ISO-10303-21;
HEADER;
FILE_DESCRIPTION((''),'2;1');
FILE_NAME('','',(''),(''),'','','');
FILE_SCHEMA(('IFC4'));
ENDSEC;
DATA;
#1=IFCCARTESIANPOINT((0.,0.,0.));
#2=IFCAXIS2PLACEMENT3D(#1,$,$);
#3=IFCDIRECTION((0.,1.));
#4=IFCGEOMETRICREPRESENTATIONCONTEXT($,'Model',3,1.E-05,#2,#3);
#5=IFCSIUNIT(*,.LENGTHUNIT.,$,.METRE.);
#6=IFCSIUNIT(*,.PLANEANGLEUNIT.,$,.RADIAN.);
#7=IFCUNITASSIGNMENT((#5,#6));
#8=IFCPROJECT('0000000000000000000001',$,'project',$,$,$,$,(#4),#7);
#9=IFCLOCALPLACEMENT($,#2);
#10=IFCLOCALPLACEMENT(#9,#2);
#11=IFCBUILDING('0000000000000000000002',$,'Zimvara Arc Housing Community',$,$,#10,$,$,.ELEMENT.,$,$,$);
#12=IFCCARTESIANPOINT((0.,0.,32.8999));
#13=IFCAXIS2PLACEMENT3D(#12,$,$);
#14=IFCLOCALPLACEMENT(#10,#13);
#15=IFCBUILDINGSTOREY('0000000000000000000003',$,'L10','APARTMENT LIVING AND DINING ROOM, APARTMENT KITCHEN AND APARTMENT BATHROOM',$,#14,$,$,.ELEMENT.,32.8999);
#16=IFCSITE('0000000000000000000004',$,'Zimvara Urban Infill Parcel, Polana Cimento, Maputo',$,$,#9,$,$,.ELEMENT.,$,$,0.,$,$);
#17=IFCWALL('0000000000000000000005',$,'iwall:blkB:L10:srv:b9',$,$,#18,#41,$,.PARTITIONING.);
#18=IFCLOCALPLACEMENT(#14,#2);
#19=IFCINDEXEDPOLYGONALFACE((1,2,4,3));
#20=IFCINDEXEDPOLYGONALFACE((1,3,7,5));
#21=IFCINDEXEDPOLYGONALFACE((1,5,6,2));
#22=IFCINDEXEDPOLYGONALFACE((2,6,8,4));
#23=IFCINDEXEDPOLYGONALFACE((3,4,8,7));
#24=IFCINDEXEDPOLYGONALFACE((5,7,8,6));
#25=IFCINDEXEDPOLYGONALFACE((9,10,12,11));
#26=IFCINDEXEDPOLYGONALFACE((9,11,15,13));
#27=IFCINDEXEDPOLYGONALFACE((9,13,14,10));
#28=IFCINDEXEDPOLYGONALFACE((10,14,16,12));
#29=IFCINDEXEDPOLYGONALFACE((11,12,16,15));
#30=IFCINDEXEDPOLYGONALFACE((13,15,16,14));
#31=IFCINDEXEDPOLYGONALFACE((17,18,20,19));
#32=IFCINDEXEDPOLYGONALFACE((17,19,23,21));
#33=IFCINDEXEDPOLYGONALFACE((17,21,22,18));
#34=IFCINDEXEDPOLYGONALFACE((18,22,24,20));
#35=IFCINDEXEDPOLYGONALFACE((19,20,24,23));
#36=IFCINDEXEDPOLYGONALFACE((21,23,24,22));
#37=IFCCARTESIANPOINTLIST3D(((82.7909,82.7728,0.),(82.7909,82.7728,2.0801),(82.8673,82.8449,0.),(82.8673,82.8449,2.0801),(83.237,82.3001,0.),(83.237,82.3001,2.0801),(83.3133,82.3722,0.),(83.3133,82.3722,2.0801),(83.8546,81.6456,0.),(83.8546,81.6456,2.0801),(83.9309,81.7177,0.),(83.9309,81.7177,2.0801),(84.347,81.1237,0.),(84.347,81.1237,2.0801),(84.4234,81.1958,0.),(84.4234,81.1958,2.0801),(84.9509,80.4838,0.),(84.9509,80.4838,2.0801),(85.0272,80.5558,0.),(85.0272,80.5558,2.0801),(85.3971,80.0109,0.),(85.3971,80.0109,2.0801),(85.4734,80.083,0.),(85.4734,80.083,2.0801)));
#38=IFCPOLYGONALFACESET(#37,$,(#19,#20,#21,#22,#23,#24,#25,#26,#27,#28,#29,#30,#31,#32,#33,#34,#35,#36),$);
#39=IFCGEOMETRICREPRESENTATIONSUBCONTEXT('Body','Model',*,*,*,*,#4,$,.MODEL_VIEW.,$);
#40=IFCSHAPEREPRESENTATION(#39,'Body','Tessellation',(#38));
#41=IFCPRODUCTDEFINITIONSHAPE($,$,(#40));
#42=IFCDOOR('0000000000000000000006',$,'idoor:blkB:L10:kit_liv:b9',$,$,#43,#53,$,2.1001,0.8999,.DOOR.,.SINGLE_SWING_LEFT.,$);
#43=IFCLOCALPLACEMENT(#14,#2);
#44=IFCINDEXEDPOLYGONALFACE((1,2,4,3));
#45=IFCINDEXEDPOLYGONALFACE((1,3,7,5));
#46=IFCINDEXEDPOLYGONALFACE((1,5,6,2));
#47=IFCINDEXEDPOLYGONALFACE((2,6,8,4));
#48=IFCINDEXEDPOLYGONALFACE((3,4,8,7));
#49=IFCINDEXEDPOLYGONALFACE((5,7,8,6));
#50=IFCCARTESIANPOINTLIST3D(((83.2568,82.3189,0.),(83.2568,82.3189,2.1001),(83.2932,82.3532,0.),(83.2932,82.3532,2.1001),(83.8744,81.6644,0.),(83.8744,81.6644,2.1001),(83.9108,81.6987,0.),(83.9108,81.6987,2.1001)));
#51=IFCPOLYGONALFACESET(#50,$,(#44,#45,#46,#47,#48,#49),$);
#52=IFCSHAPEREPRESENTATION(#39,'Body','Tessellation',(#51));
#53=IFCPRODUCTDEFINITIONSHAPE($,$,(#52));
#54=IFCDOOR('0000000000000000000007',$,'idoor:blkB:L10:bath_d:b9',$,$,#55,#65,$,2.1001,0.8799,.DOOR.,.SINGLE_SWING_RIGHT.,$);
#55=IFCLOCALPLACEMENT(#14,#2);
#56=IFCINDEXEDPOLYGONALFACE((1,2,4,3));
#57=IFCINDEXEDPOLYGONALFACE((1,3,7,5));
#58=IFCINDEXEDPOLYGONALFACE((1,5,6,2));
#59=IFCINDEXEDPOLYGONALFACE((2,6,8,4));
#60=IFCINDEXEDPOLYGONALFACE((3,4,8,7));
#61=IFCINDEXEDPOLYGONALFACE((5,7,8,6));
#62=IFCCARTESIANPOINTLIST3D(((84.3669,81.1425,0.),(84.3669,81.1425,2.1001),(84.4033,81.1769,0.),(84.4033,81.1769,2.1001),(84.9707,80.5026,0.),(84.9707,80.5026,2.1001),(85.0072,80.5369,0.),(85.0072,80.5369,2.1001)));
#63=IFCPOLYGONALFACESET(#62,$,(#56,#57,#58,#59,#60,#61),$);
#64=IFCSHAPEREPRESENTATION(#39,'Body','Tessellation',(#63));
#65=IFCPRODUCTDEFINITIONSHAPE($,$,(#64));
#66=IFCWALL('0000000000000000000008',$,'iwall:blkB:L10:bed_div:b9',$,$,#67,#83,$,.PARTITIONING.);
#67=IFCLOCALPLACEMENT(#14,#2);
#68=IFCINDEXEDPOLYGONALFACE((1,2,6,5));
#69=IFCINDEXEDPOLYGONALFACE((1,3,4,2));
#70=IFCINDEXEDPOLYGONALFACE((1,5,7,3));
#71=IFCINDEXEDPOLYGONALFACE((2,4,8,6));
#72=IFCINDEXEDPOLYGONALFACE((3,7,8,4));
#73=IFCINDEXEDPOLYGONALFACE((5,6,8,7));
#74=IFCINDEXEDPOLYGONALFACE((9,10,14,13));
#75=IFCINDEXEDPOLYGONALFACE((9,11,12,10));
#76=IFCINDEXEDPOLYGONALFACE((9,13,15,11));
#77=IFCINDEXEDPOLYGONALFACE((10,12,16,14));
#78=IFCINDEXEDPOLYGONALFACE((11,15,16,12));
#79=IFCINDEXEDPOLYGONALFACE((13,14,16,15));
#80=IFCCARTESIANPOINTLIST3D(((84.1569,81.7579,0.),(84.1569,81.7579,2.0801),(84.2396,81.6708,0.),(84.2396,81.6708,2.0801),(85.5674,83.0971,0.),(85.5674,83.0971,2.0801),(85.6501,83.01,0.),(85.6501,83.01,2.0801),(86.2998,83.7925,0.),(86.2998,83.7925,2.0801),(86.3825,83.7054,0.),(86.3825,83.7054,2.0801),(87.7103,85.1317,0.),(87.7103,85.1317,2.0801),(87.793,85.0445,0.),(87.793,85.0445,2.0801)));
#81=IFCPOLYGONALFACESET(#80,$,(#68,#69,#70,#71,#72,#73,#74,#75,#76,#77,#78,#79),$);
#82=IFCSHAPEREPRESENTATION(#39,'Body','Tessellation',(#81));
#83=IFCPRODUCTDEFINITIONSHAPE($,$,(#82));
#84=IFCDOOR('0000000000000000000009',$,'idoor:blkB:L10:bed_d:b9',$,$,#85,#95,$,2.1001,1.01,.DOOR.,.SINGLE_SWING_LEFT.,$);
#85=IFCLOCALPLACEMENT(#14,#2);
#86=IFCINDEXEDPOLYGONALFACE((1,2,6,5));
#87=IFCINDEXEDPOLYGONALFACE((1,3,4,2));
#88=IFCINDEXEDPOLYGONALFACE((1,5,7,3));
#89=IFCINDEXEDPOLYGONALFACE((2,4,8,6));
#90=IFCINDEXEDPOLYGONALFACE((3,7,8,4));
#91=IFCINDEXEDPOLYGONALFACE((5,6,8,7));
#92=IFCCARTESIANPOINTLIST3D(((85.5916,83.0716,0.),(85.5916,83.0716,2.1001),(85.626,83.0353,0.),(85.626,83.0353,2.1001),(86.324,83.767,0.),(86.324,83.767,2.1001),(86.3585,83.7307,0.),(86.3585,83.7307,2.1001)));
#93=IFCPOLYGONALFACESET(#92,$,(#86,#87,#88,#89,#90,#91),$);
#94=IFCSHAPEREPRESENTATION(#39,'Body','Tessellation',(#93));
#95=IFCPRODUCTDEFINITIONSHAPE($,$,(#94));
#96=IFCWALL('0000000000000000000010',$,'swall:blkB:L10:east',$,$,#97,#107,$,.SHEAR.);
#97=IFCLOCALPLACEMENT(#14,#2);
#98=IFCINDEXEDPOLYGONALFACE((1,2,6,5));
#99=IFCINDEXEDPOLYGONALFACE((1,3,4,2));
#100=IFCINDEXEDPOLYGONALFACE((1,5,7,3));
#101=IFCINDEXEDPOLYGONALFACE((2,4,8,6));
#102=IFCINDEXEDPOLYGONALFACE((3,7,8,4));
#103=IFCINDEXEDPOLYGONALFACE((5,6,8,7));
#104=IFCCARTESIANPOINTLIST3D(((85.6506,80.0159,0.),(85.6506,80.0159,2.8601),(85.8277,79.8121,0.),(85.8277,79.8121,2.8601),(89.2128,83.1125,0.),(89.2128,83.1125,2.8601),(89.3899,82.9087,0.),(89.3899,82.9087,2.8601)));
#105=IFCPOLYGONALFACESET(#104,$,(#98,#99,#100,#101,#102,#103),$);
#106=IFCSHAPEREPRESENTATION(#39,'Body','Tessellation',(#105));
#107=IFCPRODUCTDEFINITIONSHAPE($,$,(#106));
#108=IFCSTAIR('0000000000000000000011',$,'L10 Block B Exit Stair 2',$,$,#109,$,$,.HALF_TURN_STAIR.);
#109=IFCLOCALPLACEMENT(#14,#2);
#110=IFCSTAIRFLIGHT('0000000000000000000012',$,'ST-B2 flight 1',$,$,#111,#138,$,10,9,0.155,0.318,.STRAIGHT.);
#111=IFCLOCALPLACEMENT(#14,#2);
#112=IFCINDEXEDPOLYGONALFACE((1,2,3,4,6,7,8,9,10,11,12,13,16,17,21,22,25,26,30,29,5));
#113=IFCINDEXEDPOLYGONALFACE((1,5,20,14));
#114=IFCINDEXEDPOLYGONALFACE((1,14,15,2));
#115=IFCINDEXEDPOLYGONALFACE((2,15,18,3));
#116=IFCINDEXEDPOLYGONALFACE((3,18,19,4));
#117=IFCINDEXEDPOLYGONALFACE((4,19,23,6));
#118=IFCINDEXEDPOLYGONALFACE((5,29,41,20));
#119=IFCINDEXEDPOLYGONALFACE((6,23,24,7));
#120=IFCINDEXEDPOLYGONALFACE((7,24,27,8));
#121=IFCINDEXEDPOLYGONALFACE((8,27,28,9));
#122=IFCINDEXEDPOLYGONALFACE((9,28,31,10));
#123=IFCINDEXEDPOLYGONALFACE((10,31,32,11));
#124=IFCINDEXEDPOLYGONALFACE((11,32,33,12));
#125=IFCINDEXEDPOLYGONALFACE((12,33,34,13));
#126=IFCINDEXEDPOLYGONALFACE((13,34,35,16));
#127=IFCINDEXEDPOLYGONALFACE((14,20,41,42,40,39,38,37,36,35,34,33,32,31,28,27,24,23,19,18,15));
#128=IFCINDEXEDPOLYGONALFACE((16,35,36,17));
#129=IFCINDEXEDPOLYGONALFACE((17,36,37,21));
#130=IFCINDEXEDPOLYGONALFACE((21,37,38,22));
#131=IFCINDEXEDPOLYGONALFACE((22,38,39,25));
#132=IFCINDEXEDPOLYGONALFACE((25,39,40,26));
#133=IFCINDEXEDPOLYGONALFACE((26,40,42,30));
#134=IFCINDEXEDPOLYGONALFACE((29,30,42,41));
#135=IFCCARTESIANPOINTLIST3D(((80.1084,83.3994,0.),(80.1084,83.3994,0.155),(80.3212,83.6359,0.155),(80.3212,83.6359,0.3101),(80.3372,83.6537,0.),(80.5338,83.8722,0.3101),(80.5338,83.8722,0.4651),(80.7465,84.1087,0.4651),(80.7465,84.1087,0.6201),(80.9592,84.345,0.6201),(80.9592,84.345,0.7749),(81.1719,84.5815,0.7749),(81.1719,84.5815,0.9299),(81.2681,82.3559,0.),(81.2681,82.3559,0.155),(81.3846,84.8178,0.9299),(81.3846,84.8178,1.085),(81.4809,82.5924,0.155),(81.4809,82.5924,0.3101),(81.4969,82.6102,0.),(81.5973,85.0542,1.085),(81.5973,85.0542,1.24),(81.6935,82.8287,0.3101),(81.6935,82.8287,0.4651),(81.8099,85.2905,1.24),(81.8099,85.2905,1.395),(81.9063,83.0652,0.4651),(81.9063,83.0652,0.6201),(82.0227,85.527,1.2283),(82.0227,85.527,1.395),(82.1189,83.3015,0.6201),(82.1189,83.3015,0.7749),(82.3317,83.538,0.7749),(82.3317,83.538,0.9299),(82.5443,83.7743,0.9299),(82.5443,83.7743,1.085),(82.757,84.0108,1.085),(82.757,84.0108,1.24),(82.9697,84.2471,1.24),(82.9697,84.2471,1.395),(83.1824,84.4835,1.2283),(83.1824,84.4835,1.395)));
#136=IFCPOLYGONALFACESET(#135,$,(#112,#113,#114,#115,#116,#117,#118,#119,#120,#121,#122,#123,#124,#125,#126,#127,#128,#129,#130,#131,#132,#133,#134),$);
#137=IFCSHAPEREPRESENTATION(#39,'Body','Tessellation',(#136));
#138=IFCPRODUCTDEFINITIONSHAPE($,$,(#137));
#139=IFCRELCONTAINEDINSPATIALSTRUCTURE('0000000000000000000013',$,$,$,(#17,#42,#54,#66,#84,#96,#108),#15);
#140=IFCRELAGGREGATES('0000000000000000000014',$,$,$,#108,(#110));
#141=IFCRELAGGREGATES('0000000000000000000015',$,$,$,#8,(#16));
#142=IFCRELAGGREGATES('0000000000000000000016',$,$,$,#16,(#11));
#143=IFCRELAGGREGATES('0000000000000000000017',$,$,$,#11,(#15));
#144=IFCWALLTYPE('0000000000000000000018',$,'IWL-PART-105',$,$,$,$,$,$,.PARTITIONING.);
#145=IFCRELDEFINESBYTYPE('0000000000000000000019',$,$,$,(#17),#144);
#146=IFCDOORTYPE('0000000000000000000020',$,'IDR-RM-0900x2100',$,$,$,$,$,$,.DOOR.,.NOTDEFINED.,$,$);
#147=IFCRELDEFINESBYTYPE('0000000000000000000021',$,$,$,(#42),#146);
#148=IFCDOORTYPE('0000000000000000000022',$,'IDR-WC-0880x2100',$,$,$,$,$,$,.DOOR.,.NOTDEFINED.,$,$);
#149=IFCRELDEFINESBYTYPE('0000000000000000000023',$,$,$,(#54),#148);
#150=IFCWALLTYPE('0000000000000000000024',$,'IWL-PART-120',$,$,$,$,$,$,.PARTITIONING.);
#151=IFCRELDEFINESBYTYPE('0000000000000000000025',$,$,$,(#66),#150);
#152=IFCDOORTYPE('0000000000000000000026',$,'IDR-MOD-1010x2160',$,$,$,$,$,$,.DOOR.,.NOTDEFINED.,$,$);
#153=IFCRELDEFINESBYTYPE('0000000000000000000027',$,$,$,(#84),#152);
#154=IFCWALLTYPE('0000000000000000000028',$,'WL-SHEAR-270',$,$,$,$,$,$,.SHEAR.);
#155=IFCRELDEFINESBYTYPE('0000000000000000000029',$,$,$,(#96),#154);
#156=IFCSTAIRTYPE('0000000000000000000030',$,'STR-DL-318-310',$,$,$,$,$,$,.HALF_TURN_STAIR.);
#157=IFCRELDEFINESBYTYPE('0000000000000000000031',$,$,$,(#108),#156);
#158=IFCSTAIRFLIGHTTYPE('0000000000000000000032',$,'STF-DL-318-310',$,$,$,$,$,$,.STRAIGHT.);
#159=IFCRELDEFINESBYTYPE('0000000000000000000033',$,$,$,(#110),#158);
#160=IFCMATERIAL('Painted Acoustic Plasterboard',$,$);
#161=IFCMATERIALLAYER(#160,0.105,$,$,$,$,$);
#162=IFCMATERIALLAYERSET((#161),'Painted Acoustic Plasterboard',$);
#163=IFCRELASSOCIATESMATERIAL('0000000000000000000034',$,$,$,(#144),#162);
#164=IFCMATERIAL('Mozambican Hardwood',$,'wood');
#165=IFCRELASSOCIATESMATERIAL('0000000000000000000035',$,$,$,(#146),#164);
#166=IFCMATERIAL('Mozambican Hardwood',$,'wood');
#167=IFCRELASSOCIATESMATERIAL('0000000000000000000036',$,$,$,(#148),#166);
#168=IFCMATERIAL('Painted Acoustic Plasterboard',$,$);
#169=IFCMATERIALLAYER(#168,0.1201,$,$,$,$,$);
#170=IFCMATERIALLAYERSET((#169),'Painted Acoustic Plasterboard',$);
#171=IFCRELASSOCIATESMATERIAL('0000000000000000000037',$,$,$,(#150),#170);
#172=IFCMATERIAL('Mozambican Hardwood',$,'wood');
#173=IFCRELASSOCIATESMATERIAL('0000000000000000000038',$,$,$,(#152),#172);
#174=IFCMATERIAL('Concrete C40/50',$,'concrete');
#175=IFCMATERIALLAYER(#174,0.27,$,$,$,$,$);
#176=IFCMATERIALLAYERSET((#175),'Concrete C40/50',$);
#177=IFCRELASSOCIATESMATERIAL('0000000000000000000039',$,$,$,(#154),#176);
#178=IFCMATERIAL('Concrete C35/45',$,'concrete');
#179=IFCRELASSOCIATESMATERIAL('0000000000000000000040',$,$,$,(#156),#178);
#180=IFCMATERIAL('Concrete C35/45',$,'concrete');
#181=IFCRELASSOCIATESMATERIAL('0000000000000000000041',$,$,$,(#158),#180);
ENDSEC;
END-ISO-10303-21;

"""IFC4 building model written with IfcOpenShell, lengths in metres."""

from ifc_helpers import new_model, si_unit, direction, frame, frame_2d, origin, place, context, subcontext, project, spatial, polyline, rectangle, outline, extrude, material, layer, layer_set, type_object, element, fill, aggregate, save


model = new_model("IFC4")

# Units and contexts
model_context = context("Model", 3, precision=1e-05, world=origin(), true_north=direction((0.0, 1.0)))
body_context = subcontext(model_context, "Body", "Model", "MODEL_VIEW")
ifc_project = project(units=[si_unit("LENGTHUNIT", "METRE"), si_unit("PLANEANGLEUNIT", "RADIAN")], contexts=[model_context])

# Site, building, storey
site_placement = place(None, origin())
site = spatial("IfcSite", under=ifc_project, at=site_placement, Name="Zimvara Urban Infill Parcel, Polana Cimento, Maputo", CompositionType="ELEMENT", RefElevation=0.0)
building_placement = place(site_placement, origin())
building = spatial("IfcBuilding", under=site, at=building_placement, Name="Zimvara Arc Housing Community", CompositionType="ELEMENT")
storey_placement = place(building_placement, frame((0.0, 0.0, 32.8999)))
storey = spatial("IfcBuildingStorey", under=building, at=storey_placement, Name="L10", Description="APARTMENT LIVING AND DINING ROOM, APARTMENT KITCHEN AND APARTMENT BATHROOM", CompositionType="ELEMENT", Elevation=32.8999)

# Wall, openings, doors
ifc_material_1 = material(Name="Painted Acoustic Plasterboard")
ifc_layer_1 = layer(ifc_material_1, 0.105)
ifc_layer_set_1 = layer_set([ifc_layer_1], Name="Painted Acoustic Plasterboard")
wall_type_1 = type_object("IfcWallType", Name="IWL-PART-105", PredefinedType="PARTITIONING", material=ifc_layer_set_1)
wall_1_placement = place(storey_placement, frame((82.8291, 82.8088, 0.0), z_axis=(0.0, 0.0, 1.0), x_axis=(0.686301, -0.727318, 0.0)))
wall_1 = element("IfcWall", 1, at=wall_1_placement, inside=storey, type_object=wall_type_1, Name="iwall:blkB:L10:srv:b9", PredefinedType="PARTITIONING", context=body_context, shape_type="SweptSolid", body=[
    extrude(rectangle(XDim=3.7974, YDim=0.105, at=frame_2d((1.8987, 0.0))), origin(), (0.0, 0.0, 1.0), 2.0801),
])
opening_1_placement = place(wall_1_placement, frame((0.6499, 0.0, 0.0)))
opening_1 = element("IfcOpeningElement", 2, at=opening_1_placement, cuts=wall_1, PredefinedType="OPENING", context=body_context, shape_type="SweptSolid", body=[
    extrude(rectangle(XDim=0.8999, YDim=2.1001, at=frame_2d((0.45, 1.05))), frame((0.0, 0.0625, 0.0), z_axis=(0.0, -1.0, 0.0), x_axis=(1.0, 0.0, 0.0)), (0.0, 0.0, 1.0), 0.125),
])
opening_2_placement = place(wall_1_placement, frame((2.2673, 0.0, 0.0)))
opening_2 = element("IfcOpeningElement", 3, at=opening_2_placement, cuts=wall_1, PredefinedType="OPENING", context=body_context, shape_type="SweptSolid", body=[
    extrude(rectangle(XDim=0.8799, YDim=2.1001, at=frame_2d((0.4399, 1.05))), frame((0.0, 0.0625, 0.0), z_axis=(0.0, -1.0, 0.0), x_axis=(1.0, 0.0, 0.0)), (0.0, 0.0, 1.0), 0.125),
])
ifc_material_2 = material(Name="Mozambican Hardwood", Category="wood")
door_type_1 = type_object("IfcDoorType", Name="IDR-RM-0900x2100", OperationType="NOTDEFINED", PredefinedType="DOOR", material=ifc_material_2)
door_1_placement = place(opening_1_placement, origin())
door_1 = element("IfcDoor", 4, at=door_1_placement, inside=storey, type_object=door_type_1, Name="idoor:blkB:L10:kit_liv:b9", OperationType="SINGLE_SWING_LEFT", OverallHeight=2.1001, OverallWidth=0.8999, PredefinedType="DOOR", context=body_context, shape_type="SweptSolid", body=[
    extrude(rectangle(XDim=0.8999, YDim=2.1001, at=frame_2d((0.45, 1.05))), frame((0.0, 0.0249, 0.0), z_axis=(0.0, -1.0, 0.0), x_axis=(1.0, 0.0, 0.0)), (0.0, 0.0, 1.0), 0.05),
])
fill(opening_1, door_1)
ifc_material_3 = material(Name="Mozambican Hardwood", Category="wood")
door_type_2 = type_object("IfcDoorType", Name="IDR-WC-0880x2100", OperationType="NOTDEFINED", PredefinedType="DOOR", material=ifc_material_3)
door_2_placement = place(opening_2_placement, origin())
door_2 = element("IfcDoor", 5, at=door_2_placement, inside=storey, type_object=door_type_2, Name="idoor:blkB:L10:bath_d:b9", OperationType="SINGLE_SWING_RIGHT", OverallHeight=2.1001, OverallWidth=0.8799, PredefinedType="DOOR", context=body_context, shape_type="SweptSolid", body=[
    extrude(rectangle(XDim=0.8799, YDim=2.1001, at=frame_2d((0.4399, 1.05))), frame((0.0, 0.0249, 0.0), z_axis=(0.0, -1.0, 0.0), x_axis=(1.0, 0.0, 0.0)), (0.0, 0.0, 1.0), 0.05),
])
fill(opening_2, door_2)

# Wall, opening, door
ifc_material_4 = material(Name="Painted Acoustic Plasterboard")
ifc_layer_2 = layer(ifc_material_4, 0.1201)
ifc_layer_set_2 = layer_set([ifc_layer_2], Name="Painted Acoustic Plasterboard")
wall_type_2 = type_object("IfcWallType", Name="IWL-PART-120", PredefinedType="PARTITIONING", material=ifc_layer_set_2)
wall_2_placement = place(storey_placement, frame((84.1982, 81.7144, 0.0), z_axis=(0.0, 0.0, 1.0), x_axis=(0.725205, 0.688533, 0.0)))
wall_2 = element("IfcWall", 6, at=wall_2_placement, inside=storey, type_object=wall_type_2, Name="iwall:blkB:L10:bed_div:b9", PredefinedType="PARTITIONING", context=body_context, shape_type="SweptSolid", body=[
    extrude(rectangle(XDim=4.8999, YDim=0.1201, at=frame_2d((2.45, 0.0))), origin(), (0.0, 0.0, 1.0), 2.0801),
])
opening_3_placement = place(wall_2_placement, frame((1.9451, 0.0, 0.0)))
opening_3 = element("IfcOpeningElement", 7, at=opening_3_placement, cuts=wall_2, PredefinedType="OPENING", context=body_context, shape_type="SweptSolid", body=[
    extrude(rectangle(XDim=1.01, YDim=2.1001, at=frame_2d((0.5049, 1.05))), frame((0.0, 0.0701, 0.0), z_axis=(0.0, -1.0, 0.0), x_axis=(1.0, 0.0, 0.0)), (0.0, 0.0, 1.0), 0.1401),
])
ifc_material_5 = material(Name="Mozambican Hardwood", Category="wood")
door_type_3 = type_object("IfcDoorType", Name="IDR-MOD-1010x2160", OperationType="NOTDEFINED", PredefinedType="DOOR", material=ifc_material_5)
door_3_placement = place(opening_3_placement, origin())
door_3 = element("IfcDoor", 8, at=door_3_placement, inside=storey, type_object=door_type_3, Name="idoor:blkB:L10:bed_d:b9", OperationType="SINGLE_SWING_LEFT", OverallHeight=2.1001, OverallWidth=1.01, PredefinedType="DOOR", context=body_context, shape_type="SweptSolid", body=[
    extrude(rectangle(XDim=1.01, YDim=2.1001, at=frame_2d((0.5049, 1.05))), frame((0.0, 0.0249, 0.0), z_axis=(0.0, -1.0, 0.0), x_axis=(1.0, 0.0, 0.0)), (0.0, 0.0, 1.0), 0.05),
])
fill(opening_3, door_3)

# Wall
ifc_material_6 = material(Name="Concrete C40/50", Category="concrete")
ifc_layer_3 = layer(ifc_material_6, 0.27)
ifc_layer_set_3 = layer_set([ifc_layer_3], Name="Concrete C40/50")
wall_type_3 = type_object("IfcWallType", Name="WL-SHEAR-270", PredefinedType="SHEAR", material=ifc_layer_set_3)
wall_3_placement = place(storey_placement, frame((85.7393, 79.9141, 0.0), z_axis=(0.0, 0.0, 1.0), x_axis=(0.754704, 0.656066, 0.0)))
element("IfcWall", 9, at=wall_3_placement, inside=storey, type_object=wall_type_3, Name="swall:blkB:L10:east", PredefinedType="SHEAR", context=body_context, shape_type="SweptSolid", body=[
    extrude(rectangle(XDim=4.72, YDim=0.27, at=frame_2d((2.3599, 0.0))), origin(), (0.0, 0.0, 1.0), 2.8601),
])

# Stair, stair flight
ifc_material_7 = material(Name="Concrete C35/45", Category="concrete")
stair_type = type_object("IfcStairType", Name="STR-DL-318-310", PredefinedType="HALF_TURN_STAIR", material=ifc_material_7)
stair_placement = place(storey_placement, origin())
stair = element("IfcStair", 10, at=stair_placement, inside=storey, type_object=stair_type, Name="L10 Block B Exit Stair 2", PredefinedType="HALF_TURN_STAIR")
ifc_material_8 = material(Name="Concrete C35/45", Category="concrete")
stair_flight_type = type_object("IfcStairFlightType", Name="STF-DL-318-310", PredefinedType="STRAIGHT", material=ifc_material_8)
stair_flight_placement = place(storey_placement, frame((80.6882, 82.8777, 0.0), z_axis=(0.0, 0.0, 1.0), x_axis=(0.668871, 0.743378, 0.0)))
stair_flight = element("IfcStairFlight", 11, at=stair_flight_placement, type_object=stair_flight_type, Name="ST-B2 flight 1", NumberOfRisers=10, NumberOfTreads=9, PredefinedType="STRAIGHT", RiserHeight=0.155, TreadLength=0.318, context=body_context, shape_type="SweptSolid", body=[
    extrude(outline(polyline([(0.0, 0.0), (0.0, 0.155), (0.3181, 0.155), (0.3181, 0.3101), (0.636, 0.3101), (0.636, 0.4651), (0.9541, 0.4651), (0.9541, 0.6201), (1.272, 0.6201), (1.272, 0.7749), (1.5901, 0.7749), (1.5901, 0.9299), (1.908, 0.9299), (1.908, 1.085), (2.2261, 1.085), (2.2261, 1.24), (2.5439, 1.24), (2.5439, 1.395), (2.8621, 1.395), (2.8621, 1.55), (2.8621, 1.2283), (0.342, 0.0), (0.0, 0.0)])), frame((0.0, 0.78, 0.0), z_axis=(0.0, -1.0, 0.0), x_axis=(1.0, 0.0, 0.0)), (0.0, 0.0, 1.0), 1.5601),
])
aggregate(stair, [stair_flight])

save(model, "model.ifc")
